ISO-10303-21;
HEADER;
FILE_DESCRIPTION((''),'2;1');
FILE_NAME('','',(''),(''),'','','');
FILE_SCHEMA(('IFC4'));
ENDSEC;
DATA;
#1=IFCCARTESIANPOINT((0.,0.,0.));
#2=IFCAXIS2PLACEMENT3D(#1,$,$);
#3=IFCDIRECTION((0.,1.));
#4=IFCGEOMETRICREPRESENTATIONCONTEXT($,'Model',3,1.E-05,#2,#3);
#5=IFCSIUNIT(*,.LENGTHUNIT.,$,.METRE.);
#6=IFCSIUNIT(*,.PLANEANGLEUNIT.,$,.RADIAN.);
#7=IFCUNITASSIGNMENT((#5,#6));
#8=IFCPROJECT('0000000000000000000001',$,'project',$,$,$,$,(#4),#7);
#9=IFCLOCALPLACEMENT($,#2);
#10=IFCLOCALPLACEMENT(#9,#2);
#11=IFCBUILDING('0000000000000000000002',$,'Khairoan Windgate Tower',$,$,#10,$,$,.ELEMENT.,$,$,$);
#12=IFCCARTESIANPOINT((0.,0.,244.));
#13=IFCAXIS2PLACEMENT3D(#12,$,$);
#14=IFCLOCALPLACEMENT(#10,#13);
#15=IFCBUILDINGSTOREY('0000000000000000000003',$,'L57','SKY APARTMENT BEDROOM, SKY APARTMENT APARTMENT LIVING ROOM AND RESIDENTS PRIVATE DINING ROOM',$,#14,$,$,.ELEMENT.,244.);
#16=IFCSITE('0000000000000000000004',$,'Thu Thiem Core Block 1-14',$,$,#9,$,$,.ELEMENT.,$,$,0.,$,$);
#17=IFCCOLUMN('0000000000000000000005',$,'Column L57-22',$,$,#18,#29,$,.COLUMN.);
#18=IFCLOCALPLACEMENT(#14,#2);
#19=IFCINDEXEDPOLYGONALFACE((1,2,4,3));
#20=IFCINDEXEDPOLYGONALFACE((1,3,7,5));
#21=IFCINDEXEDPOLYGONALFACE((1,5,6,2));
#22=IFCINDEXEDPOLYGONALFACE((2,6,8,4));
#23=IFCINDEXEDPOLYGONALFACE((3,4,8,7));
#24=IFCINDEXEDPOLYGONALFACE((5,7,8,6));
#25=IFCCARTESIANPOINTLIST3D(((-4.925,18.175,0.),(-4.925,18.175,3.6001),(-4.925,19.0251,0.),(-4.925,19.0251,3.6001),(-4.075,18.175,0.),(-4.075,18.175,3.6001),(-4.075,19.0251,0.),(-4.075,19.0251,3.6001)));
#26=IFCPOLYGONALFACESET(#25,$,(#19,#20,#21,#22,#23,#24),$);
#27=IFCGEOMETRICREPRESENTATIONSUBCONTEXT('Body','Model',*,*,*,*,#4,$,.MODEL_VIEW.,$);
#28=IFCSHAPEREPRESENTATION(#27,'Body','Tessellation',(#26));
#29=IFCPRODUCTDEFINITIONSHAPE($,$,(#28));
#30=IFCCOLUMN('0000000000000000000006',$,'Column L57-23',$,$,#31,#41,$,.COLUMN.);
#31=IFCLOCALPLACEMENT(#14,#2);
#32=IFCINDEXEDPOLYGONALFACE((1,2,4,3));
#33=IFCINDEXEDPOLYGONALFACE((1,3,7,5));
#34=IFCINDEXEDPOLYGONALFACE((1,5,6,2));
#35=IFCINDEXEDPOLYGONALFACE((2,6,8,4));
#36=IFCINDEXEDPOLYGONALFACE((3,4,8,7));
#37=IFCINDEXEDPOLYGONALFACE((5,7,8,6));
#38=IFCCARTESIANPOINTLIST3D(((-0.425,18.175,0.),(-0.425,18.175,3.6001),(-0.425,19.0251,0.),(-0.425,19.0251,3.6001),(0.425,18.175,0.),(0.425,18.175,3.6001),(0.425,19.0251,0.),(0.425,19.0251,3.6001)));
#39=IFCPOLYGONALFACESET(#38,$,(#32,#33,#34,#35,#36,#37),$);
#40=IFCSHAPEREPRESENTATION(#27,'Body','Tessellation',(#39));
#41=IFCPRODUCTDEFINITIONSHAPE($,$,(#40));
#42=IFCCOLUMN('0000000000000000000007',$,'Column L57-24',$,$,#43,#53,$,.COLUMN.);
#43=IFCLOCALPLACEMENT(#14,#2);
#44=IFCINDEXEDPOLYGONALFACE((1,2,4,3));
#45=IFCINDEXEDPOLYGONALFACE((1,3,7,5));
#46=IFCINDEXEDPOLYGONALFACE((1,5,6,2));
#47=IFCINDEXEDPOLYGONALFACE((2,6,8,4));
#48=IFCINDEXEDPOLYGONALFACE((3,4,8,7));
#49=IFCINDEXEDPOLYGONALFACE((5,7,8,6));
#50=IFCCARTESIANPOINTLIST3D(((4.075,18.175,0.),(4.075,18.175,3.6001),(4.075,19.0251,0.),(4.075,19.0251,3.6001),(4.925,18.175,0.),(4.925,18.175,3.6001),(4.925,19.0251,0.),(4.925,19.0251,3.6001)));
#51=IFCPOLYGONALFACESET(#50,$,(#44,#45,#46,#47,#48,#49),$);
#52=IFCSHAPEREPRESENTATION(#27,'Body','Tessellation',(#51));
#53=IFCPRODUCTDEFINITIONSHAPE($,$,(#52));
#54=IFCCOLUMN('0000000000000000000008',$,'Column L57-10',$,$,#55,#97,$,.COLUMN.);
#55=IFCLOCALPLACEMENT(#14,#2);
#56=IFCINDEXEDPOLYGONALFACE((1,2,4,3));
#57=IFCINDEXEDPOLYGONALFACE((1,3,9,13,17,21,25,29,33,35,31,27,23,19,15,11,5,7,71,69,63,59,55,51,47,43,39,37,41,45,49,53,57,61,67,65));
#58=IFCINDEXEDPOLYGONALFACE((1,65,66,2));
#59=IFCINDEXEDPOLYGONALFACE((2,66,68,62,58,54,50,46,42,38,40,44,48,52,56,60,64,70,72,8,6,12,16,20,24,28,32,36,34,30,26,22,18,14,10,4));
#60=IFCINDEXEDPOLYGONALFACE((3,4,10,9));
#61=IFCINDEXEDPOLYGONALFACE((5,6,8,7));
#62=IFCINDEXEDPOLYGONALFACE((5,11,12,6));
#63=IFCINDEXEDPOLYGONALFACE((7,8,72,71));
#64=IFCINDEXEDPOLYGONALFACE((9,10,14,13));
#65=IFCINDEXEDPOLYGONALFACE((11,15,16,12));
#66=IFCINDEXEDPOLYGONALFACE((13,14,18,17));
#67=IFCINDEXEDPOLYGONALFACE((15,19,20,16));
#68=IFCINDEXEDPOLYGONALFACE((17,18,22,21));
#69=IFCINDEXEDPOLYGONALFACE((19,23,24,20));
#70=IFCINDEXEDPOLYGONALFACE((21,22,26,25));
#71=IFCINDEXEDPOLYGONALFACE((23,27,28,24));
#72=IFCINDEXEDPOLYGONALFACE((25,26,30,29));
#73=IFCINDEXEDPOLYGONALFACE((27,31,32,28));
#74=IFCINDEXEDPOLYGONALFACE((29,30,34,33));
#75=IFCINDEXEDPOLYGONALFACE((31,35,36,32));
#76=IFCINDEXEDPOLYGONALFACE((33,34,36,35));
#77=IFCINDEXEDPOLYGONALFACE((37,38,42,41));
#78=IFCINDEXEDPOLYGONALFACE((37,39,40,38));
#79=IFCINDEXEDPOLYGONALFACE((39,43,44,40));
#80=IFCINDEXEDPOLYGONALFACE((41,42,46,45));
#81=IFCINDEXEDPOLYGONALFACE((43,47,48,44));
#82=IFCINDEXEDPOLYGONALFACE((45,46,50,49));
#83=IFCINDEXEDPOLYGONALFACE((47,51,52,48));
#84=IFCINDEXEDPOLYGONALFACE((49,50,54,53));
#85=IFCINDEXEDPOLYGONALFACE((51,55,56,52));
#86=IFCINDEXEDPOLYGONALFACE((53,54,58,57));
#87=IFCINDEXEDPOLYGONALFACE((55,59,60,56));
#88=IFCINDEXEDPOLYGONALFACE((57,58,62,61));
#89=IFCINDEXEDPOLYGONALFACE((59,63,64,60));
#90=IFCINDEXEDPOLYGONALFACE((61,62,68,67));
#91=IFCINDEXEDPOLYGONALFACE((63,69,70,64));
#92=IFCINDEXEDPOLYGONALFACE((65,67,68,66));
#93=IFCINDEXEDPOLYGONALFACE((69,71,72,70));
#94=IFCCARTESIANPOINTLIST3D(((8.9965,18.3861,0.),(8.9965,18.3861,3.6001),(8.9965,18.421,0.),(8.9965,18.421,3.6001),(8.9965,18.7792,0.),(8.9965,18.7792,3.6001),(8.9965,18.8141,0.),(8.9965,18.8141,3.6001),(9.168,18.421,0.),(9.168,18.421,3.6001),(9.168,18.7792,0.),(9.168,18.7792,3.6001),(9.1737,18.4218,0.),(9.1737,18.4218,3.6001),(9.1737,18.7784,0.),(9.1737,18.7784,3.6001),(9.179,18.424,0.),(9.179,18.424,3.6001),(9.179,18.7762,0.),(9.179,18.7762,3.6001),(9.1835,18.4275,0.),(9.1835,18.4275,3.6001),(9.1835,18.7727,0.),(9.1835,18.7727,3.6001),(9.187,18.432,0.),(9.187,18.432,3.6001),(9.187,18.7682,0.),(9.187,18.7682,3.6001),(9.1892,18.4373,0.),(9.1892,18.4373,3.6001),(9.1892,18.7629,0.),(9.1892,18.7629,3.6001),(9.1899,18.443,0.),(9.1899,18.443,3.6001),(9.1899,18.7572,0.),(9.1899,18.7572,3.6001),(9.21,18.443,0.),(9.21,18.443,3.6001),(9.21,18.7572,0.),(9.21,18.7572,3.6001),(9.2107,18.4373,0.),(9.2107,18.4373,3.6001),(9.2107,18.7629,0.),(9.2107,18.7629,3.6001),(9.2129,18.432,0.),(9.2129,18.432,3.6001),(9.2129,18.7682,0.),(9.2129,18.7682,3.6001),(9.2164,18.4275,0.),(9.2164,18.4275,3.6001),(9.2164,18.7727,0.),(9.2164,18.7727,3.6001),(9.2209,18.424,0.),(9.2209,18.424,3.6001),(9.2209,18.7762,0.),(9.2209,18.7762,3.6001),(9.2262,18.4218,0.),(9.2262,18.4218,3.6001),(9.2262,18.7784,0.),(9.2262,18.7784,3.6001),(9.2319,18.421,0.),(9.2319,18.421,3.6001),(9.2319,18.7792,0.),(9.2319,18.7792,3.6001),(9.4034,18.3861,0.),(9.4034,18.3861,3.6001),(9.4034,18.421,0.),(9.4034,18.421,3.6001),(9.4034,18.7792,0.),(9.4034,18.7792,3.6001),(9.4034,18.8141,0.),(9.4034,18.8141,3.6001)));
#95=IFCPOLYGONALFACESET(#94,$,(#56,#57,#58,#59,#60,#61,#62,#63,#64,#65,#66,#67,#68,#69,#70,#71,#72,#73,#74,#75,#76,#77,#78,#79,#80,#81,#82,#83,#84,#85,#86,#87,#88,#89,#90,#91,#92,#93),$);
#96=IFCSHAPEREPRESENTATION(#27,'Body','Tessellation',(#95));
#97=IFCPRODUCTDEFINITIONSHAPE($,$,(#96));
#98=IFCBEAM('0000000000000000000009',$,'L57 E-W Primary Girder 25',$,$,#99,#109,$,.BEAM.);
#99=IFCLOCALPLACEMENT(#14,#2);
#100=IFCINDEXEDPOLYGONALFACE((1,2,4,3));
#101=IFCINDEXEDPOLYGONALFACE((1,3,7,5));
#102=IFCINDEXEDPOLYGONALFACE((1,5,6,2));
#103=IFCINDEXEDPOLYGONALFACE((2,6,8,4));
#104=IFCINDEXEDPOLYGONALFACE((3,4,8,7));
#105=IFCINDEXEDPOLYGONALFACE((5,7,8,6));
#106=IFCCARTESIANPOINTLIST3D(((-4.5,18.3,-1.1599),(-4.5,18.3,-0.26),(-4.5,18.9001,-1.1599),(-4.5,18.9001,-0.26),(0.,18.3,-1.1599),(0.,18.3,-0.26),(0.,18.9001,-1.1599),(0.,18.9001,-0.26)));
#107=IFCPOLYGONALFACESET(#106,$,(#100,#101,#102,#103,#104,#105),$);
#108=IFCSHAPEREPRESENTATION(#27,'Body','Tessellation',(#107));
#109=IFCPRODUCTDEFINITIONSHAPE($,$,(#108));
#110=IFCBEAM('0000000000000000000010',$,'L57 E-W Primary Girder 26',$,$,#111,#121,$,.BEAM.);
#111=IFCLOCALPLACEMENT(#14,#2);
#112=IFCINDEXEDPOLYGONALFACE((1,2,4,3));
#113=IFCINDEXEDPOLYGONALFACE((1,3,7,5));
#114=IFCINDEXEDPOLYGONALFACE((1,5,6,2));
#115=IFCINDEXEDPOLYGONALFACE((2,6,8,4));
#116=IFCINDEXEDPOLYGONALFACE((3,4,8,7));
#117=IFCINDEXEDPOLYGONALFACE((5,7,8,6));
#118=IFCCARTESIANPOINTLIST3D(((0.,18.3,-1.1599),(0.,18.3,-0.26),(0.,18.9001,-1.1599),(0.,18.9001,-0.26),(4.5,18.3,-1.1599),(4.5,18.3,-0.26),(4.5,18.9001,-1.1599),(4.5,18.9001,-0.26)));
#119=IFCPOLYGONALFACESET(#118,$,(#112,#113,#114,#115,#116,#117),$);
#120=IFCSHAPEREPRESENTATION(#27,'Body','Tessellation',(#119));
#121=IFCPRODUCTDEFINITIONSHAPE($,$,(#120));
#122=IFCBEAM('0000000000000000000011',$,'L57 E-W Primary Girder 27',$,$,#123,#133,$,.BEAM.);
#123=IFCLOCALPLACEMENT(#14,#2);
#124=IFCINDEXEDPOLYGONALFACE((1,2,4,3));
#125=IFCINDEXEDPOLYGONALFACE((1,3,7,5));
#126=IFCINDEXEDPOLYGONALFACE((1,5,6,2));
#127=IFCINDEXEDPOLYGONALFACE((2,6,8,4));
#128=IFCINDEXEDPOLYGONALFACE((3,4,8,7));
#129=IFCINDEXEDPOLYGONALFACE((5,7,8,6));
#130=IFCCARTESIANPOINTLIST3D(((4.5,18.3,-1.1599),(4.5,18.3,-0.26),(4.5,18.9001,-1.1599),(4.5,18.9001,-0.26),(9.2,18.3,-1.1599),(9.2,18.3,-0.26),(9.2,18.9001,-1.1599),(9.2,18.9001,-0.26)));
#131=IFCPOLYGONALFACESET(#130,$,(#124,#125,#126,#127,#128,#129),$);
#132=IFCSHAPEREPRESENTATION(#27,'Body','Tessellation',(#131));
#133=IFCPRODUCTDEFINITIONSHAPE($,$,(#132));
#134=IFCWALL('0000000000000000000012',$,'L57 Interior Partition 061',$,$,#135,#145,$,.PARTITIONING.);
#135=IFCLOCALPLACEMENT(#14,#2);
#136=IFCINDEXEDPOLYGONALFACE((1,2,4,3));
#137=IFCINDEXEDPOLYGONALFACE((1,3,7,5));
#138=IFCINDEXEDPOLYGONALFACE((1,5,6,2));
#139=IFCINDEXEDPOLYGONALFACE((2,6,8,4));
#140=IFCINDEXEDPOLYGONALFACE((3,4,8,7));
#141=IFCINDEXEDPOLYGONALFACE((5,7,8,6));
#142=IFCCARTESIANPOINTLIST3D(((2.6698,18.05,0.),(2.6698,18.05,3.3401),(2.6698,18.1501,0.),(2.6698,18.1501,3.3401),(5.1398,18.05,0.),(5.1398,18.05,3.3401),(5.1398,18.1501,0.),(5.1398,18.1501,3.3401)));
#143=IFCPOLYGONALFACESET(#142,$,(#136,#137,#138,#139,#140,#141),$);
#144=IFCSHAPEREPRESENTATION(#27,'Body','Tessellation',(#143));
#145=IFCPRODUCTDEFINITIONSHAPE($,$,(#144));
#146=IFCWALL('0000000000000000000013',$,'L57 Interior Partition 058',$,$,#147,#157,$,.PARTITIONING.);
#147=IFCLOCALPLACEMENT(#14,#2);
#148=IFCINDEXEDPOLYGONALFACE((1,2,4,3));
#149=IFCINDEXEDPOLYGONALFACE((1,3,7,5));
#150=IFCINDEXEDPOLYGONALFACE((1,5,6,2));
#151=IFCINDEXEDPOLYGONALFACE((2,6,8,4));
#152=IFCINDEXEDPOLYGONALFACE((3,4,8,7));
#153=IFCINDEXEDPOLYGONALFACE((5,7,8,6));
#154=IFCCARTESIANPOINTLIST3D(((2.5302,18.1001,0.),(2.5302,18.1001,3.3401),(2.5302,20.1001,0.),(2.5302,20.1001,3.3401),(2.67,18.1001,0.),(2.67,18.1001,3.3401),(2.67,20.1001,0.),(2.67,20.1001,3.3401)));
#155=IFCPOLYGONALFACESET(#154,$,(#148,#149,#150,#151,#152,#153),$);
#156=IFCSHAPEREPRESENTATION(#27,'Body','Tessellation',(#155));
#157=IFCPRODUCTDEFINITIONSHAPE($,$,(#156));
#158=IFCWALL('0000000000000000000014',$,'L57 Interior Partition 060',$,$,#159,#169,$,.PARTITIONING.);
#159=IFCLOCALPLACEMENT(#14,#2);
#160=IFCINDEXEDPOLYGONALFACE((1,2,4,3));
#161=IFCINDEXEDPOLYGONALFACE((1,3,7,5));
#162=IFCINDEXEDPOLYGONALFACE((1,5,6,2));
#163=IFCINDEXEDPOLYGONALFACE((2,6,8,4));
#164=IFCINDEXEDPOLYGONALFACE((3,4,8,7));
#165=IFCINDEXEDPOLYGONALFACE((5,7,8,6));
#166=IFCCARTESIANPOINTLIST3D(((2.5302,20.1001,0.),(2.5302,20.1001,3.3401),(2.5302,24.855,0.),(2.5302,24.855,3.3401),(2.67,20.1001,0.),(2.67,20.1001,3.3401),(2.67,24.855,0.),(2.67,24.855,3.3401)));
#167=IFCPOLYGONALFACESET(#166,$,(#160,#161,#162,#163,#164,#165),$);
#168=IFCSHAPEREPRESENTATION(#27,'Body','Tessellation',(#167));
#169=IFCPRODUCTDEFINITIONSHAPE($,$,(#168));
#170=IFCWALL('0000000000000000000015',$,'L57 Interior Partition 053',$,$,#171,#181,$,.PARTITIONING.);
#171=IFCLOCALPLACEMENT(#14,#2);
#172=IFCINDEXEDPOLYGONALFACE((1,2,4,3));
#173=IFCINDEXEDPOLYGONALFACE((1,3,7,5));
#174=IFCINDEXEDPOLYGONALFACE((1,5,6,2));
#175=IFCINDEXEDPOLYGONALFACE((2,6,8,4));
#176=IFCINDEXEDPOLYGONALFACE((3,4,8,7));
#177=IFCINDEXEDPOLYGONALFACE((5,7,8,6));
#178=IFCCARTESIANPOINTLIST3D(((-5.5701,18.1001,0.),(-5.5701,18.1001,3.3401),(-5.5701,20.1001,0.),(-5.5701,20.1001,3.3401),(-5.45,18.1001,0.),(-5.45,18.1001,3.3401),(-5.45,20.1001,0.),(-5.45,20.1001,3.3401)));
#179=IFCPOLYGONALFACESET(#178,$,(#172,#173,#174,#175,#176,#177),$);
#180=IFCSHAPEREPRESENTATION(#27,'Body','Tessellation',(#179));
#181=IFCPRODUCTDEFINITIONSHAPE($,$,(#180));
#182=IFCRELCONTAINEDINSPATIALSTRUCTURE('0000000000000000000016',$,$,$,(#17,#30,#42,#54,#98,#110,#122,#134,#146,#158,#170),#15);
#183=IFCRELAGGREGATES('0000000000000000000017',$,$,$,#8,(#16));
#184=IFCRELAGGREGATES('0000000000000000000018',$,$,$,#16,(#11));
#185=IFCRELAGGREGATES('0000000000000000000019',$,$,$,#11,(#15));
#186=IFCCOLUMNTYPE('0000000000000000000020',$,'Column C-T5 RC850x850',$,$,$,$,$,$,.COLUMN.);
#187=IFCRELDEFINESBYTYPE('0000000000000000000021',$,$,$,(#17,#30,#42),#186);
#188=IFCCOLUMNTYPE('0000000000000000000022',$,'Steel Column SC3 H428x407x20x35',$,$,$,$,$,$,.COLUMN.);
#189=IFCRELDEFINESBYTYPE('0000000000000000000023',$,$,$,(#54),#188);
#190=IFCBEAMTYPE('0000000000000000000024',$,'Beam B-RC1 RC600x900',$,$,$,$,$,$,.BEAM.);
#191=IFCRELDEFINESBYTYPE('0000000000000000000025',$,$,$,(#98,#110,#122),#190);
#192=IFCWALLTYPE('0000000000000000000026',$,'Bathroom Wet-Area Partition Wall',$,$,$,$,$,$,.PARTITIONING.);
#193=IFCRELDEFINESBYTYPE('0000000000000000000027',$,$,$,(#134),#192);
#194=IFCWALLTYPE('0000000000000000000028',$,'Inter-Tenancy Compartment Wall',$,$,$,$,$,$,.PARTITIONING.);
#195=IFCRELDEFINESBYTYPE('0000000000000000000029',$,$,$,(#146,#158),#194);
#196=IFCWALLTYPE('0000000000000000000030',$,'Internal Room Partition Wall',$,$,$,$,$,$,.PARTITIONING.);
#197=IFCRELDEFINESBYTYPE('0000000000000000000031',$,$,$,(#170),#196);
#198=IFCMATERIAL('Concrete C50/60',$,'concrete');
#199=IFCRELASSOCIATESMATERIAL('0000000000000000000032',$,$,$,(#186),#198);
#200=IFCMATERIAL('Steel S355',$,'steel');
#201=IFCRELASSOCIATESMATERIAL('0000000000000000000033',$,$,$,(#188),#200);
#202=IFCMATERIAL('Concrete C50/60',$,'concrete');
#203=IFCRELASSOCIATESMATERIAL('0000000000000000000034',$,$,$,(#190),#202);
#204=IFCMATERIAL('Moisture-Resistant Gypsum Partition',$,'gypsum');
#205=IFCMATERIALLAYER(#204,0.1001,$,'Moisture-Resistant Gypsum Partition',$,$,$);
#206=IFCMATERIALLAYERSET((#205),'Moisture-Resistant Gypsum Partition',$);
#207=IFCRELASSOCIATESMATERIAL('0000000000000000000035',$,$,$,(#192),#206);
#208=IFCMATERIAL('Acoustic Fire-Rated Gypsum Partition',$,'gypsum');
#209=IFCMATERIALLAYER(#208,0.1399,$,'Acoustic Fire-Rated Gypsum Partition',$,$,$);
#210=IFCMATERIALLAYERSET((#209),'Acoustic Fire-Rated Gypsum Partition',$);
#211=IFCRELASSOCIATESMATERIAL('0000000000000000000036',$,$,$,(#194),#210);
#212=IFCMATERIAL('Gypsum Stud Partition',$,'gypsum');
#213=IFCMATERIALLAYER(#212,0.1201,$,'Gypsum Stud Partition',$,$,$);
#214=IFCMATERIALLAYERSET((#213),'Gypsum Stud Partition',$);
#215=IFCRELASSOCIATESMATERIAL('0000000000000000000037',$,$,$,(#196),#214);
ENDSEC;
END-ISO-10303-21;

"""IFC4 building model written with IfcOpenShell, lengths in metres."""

from ifc_helpers import new_model, si_unit, direction, frame, frame_2d, origin, origin_2d, place, context, subcontext, project, spatial, rectangle, i_section, extrude, material, layer, layer_set, material_profile, profile_set, type_object, element, save


model = new_model("IFC4")

# Units and contexts
model_context = context("Model", 3, precision=1e-05, world=origin(), true_north=direction((0.0, 1.0)))
body_context = subcontext(model_context, "Body", "Model", "MODEL_VIEW")
ifc_project = project(units=[si_unit("LENGTHUNIT", "METRE"), si_unit("PLANEANGLEUNIT", "RADIAN")], contexts=[model_context])

# Site, building, storey
site_placement = place(None, origin())
site = spatial("IfcSite", under=ifc_project, at=site_placement, Name="Thu Thiem Core Block 1-14", CompositionType="ELEMENT", RefElevation=0.0)
building_placement = place(site_placement, origin())
building = spatial("IfcBuilding", under=site, at=building_placement, Name="Khairoan Windgate Tower", CompositionType="ELEMENT")
storey_placement = place(building_placement, frame((0.0, 0.0, 244.0)))
storey = spatial("IfcBuildingStorey", under=building, at=storey_placement, Name="L57", Description="SKY APARTMENT BEDROOM, SKY APARTMENT APARTMENT LIVING ROOM AND RESIDENTS PRIVATE DINING ROOM", CompositionType="ELEMENT", Elevation=244.0)

# Columns
ifc_material_1 = material(Name="Concrete C50/60", Category="concrete")
ifc_material_profile_1 = material_profile(ifc_material_1, rectangle(XDim=0.8501, YDim=0.8501, at=origin_2d()))
ifc_profile_set_1 = profile_set([ifc_material_profile_1], Name="Concrete C50/60")
column_type_1 = type_object("IfcColumnType", Name="Column C-T5 RC850x850", PredefinedType="COLUMN", material=ifc_profile_set_1)
for number, where, z_axis, x_axis, name in (
    (1, (-4.5, 18.6001, 0.0), (0.0, 0.0, 1.0), (1.0, 0.0, 0.0), "Column L57-22"),
    (2, (0.0, 18.6001, 0.0), (0.0, 0.0, 1.0), (1.0, 0.0, 0.0), "Column L57-23"),
    (3, (4.5, 18.6001, 0.0), (0.0, 0.0, 1.0), (1.0, 0.0, 0.0), "Column L57-24"),
):
    element("IfcColumn", number, at=place(storey_placement, frame(where, z_axis=z_axis, x_axis=x_axis)), inside=storey, type_object=column_type_1, Name=name, PredefinedType="COLUMN", context=body_context, shape_type="SweptSolid", body=[
        extrude(rectangle(XDim=0.8501, YDim=0.8501, at=origin_2d()), origin(), (0.0, 0.0, 1.0), 3.6001),
    ])
ifc_material_2 = material(Name="Steel S355", Category="steel")
ifc_material_profile_2 = material_profile(ifc_material_2, i_section(OverallWidth=0.407, OverallDepth=0.428, WebThickness=0.02, FlangeThickness=0.0349, FilletRadius=0.022, at=origin_2d()))
ifc_profile_set_2 = profile_set([ifc_material_profile_2], Name="Steel S355")
column_type_2 = type_object("IfcColumnType", Name="Steel Column SC3 H428x407x20x35", PredefinedType="COLUMN", material=ifc_profile_set_2)
column_placement = place(storey_placement, frame((9.2, 18.6001, 0.0), z_axis=(0.0, 0.0, 1.0), x_axis=(1.0, 0.0, 0.0)))
element("IfcColumn", 4, at=column_placement, inside=storey, type_object=column_type_2, Name="Column L57-10", PredefinedType="COLUMN", context=body_context, shape_type="SweptSolid", body=[
    extrude(i_section(OverallWidth=0.407, OverallDepth=0.428, WebThickness=0.02, FlangeThickness=0.0349, FilletRadius=0.022, at=origin_2d()), origin(), (0.0, 0.0, 1.0), 3.6001),
])

# Beams
ifc_material_3 = material(Name="Concrete C50/60", Category="concrete")
ifc_material_profile_3 = material_profile(ifc_material_3, rectangle(XDim=0.6001, YDim=0.8999, at=origin_2d()))
ifc_profile_set_3 = profile_set([ifc_material_profile_3], Name="Concrete C50/60")
beam_type = type_object("IfcBeamType", Name="Beam B-RC1 RC600x900", PredefinedType="BEAM", material=ifc_profile_set_3)
for number, where, z_axis, x_axis, name in (
    (5, (-4.5, 18.6001, -0.71), (1.0, 0.0, 0.0), (0.0, 1.0, 0.0), "L57 E-W Primary Girder 25"),
    (6, (0.0, 18.6001, -0.71), (1.0, 0.0, 0.0), (0.0, 1.0, 0.0), "L57 E-W Primary Girder 26"),
):
    element("IfcBeam", number, at=place(storey_placement, frame(where, z_axis=z_axis, x_axis=x_axis)), inside=storey, type_object=beam_type, Name=name, PredefinedType="BEAM", context=body_context, shape_type="SweptSolid", body=[
        extrude(rectangle(XDim=0.6001, YDim=0.8999, at=origin_2d()), origin(), (0.0, 0.0, 1.0), 4.5),
    ])
beam_placement = place(storey_placement, frame((4.5, 18.6001, -0.71), z_axis=(1.0, 0.0, 0.0), x_axis=(0.0, 1.0, 0.0)))
element("IfcBeam", 7, at=beam_placement, inside=storey, type_object=beam_type, Name="L57 E-W Primary Girder 27", PredefinedType="BEAM", context=body_context, shape_type="SweptSolid", body=[
    extrude(rectangle(XDim=0.6001, YDim=0.8999, at=origin_2d()), origin(), (0.0, 0.0, 1.0), 4.7),
])

# Walls
ifc_material_4 = material(Name="Moisture-Resistant Gypsum Partition", Category="gypsum")
ifc_layer_1 = layer(ifc_material_4, 0.1001, Name="Moisture-Resistant Gypsum Partition")
ifc_layer_set_1 = layer_set([ifc_layer_1], Name="Moisture-Resistant Gypsum Partition")
wall_type_1 = type_object("IfcWallType", Name="Bathroom Wet-Area Partition Wall", PredefinedType="PARTITIONING", material=ifc_layer_set_1)
wall_1_placement = place(storey_placement, frame((2.6699, 18.1001, 0.0), z_axis=(0.0, 0.0, 1.0), x_axis=(1.0, 0.0, 0.0)))
element("IfcWall", 8, at=wall_1_placement, inside=storey, type_object=wall_type_1, Name="L57 Interior Partition 061", PredefinedType="PARTITIONING", context=body_context, shape_type="SweptSolid", body=[
    extrude(rectangle(XDim=2.47, YDim=0.1001, at=frame_2d((1.2349, 0.0))), origin(), (0.0, 0.0, 1.0), 3.3401),
])
ifc_material_5 = material(Name="Acoustic Fire-Rated Gypsum Partition", Category="gypsum")
ifc_layer_2 = layer(ifc_material_5, 0.1399, Name="Acoustic Fire-Rated Gypsum Partition")
ifc_layer_set_2 = layer_set([ifc_layer_2], Name="Acoustic Fire-Rated Gypsum Partition")
wall_type_2 = type_object("IfcWallType", Name="Inter-Tenancy Compartment Wall", PredefinedType="PARTITIONING", material=ifc_layer_set_2)
wall_2_placement = place(storey_placement, frame((2.6001, 18.1001, 0.0), z_axis=(0.0, 0.0, 1.0), x_axis=(0.0, 1.0, 0.0)))
element("IfcWall", 9, at=wall_2_placement, inside=storey, type_object=wall_type_2, Name="L57 Interior Partition 058", PredefinedType="PARTITIONING", context=body_context, shape_type="SweptSolid", body=[
    extrude(rectangle(XDim=2.0, YDim=0.1399, at=frame_2d((1.0, 0.0))), origin(), (0.0, 0.0, 1.0), 3.3401),
])
wall_3_placement = place(storey_placement, frame((2.6001, 20.1001, 0.0), z_axis=(0.0, 0.0, 1.0), x_axis=(0.0, 1.0, 0.0)))
element("IfcWall", 10, at=wall_3_placement, inside=storey, type_object=wall_type_2, Name="L57 Interior Partition 060", PredefinedType="PARTITIONING", context=body_context, shape_type="SweptSolid", body=[
    extrude(rectangle(XDim=4.7549, YDim=0.1399, at=frame_2d((2.3774, 0.0))), origin(), (0.0, 0.0, 1.0), 3.3401),
])
ifc_material_6 = material(Name="Gypsum Stud Partition", Category="gypsum")
ifc_layer_3 = layer(ifc_material_6, 0.1201, Name="Gypsum Stud Partition")
ifc_layer_set_3 = layer_set([ifc_layer_3], Name="Gypsum Stud Partition")
wall_type_3 = type_object("IfcWallType", Name="Internal Room Partition Wall", PredefinedType="PARTITIONING", material=ifc_layer_set_3)
wall_4_placement = place(storey_placement, frame((-5.51, 18.1001, 0.0), z_axis=(0.0, 0.0, 1.0), x_axis=(0.0, 1.0, 0.0)))
element("IfcWall", 11, at=wall_4_placement, inside=storey, type_object=wall_type_3, Name="L57 Interior Partition 053", PredefinedType="PARTITIONING", context=body_context, shape_type="SweptSolid", body=[
    extrude(rectangle(XDim=2.0, YDim=0.1201, at=frame_2d((1.0, 0.0))), origin(), (0.0, 0.0, 1.0), 3.3401),
])

save(model, "model.ifc")
